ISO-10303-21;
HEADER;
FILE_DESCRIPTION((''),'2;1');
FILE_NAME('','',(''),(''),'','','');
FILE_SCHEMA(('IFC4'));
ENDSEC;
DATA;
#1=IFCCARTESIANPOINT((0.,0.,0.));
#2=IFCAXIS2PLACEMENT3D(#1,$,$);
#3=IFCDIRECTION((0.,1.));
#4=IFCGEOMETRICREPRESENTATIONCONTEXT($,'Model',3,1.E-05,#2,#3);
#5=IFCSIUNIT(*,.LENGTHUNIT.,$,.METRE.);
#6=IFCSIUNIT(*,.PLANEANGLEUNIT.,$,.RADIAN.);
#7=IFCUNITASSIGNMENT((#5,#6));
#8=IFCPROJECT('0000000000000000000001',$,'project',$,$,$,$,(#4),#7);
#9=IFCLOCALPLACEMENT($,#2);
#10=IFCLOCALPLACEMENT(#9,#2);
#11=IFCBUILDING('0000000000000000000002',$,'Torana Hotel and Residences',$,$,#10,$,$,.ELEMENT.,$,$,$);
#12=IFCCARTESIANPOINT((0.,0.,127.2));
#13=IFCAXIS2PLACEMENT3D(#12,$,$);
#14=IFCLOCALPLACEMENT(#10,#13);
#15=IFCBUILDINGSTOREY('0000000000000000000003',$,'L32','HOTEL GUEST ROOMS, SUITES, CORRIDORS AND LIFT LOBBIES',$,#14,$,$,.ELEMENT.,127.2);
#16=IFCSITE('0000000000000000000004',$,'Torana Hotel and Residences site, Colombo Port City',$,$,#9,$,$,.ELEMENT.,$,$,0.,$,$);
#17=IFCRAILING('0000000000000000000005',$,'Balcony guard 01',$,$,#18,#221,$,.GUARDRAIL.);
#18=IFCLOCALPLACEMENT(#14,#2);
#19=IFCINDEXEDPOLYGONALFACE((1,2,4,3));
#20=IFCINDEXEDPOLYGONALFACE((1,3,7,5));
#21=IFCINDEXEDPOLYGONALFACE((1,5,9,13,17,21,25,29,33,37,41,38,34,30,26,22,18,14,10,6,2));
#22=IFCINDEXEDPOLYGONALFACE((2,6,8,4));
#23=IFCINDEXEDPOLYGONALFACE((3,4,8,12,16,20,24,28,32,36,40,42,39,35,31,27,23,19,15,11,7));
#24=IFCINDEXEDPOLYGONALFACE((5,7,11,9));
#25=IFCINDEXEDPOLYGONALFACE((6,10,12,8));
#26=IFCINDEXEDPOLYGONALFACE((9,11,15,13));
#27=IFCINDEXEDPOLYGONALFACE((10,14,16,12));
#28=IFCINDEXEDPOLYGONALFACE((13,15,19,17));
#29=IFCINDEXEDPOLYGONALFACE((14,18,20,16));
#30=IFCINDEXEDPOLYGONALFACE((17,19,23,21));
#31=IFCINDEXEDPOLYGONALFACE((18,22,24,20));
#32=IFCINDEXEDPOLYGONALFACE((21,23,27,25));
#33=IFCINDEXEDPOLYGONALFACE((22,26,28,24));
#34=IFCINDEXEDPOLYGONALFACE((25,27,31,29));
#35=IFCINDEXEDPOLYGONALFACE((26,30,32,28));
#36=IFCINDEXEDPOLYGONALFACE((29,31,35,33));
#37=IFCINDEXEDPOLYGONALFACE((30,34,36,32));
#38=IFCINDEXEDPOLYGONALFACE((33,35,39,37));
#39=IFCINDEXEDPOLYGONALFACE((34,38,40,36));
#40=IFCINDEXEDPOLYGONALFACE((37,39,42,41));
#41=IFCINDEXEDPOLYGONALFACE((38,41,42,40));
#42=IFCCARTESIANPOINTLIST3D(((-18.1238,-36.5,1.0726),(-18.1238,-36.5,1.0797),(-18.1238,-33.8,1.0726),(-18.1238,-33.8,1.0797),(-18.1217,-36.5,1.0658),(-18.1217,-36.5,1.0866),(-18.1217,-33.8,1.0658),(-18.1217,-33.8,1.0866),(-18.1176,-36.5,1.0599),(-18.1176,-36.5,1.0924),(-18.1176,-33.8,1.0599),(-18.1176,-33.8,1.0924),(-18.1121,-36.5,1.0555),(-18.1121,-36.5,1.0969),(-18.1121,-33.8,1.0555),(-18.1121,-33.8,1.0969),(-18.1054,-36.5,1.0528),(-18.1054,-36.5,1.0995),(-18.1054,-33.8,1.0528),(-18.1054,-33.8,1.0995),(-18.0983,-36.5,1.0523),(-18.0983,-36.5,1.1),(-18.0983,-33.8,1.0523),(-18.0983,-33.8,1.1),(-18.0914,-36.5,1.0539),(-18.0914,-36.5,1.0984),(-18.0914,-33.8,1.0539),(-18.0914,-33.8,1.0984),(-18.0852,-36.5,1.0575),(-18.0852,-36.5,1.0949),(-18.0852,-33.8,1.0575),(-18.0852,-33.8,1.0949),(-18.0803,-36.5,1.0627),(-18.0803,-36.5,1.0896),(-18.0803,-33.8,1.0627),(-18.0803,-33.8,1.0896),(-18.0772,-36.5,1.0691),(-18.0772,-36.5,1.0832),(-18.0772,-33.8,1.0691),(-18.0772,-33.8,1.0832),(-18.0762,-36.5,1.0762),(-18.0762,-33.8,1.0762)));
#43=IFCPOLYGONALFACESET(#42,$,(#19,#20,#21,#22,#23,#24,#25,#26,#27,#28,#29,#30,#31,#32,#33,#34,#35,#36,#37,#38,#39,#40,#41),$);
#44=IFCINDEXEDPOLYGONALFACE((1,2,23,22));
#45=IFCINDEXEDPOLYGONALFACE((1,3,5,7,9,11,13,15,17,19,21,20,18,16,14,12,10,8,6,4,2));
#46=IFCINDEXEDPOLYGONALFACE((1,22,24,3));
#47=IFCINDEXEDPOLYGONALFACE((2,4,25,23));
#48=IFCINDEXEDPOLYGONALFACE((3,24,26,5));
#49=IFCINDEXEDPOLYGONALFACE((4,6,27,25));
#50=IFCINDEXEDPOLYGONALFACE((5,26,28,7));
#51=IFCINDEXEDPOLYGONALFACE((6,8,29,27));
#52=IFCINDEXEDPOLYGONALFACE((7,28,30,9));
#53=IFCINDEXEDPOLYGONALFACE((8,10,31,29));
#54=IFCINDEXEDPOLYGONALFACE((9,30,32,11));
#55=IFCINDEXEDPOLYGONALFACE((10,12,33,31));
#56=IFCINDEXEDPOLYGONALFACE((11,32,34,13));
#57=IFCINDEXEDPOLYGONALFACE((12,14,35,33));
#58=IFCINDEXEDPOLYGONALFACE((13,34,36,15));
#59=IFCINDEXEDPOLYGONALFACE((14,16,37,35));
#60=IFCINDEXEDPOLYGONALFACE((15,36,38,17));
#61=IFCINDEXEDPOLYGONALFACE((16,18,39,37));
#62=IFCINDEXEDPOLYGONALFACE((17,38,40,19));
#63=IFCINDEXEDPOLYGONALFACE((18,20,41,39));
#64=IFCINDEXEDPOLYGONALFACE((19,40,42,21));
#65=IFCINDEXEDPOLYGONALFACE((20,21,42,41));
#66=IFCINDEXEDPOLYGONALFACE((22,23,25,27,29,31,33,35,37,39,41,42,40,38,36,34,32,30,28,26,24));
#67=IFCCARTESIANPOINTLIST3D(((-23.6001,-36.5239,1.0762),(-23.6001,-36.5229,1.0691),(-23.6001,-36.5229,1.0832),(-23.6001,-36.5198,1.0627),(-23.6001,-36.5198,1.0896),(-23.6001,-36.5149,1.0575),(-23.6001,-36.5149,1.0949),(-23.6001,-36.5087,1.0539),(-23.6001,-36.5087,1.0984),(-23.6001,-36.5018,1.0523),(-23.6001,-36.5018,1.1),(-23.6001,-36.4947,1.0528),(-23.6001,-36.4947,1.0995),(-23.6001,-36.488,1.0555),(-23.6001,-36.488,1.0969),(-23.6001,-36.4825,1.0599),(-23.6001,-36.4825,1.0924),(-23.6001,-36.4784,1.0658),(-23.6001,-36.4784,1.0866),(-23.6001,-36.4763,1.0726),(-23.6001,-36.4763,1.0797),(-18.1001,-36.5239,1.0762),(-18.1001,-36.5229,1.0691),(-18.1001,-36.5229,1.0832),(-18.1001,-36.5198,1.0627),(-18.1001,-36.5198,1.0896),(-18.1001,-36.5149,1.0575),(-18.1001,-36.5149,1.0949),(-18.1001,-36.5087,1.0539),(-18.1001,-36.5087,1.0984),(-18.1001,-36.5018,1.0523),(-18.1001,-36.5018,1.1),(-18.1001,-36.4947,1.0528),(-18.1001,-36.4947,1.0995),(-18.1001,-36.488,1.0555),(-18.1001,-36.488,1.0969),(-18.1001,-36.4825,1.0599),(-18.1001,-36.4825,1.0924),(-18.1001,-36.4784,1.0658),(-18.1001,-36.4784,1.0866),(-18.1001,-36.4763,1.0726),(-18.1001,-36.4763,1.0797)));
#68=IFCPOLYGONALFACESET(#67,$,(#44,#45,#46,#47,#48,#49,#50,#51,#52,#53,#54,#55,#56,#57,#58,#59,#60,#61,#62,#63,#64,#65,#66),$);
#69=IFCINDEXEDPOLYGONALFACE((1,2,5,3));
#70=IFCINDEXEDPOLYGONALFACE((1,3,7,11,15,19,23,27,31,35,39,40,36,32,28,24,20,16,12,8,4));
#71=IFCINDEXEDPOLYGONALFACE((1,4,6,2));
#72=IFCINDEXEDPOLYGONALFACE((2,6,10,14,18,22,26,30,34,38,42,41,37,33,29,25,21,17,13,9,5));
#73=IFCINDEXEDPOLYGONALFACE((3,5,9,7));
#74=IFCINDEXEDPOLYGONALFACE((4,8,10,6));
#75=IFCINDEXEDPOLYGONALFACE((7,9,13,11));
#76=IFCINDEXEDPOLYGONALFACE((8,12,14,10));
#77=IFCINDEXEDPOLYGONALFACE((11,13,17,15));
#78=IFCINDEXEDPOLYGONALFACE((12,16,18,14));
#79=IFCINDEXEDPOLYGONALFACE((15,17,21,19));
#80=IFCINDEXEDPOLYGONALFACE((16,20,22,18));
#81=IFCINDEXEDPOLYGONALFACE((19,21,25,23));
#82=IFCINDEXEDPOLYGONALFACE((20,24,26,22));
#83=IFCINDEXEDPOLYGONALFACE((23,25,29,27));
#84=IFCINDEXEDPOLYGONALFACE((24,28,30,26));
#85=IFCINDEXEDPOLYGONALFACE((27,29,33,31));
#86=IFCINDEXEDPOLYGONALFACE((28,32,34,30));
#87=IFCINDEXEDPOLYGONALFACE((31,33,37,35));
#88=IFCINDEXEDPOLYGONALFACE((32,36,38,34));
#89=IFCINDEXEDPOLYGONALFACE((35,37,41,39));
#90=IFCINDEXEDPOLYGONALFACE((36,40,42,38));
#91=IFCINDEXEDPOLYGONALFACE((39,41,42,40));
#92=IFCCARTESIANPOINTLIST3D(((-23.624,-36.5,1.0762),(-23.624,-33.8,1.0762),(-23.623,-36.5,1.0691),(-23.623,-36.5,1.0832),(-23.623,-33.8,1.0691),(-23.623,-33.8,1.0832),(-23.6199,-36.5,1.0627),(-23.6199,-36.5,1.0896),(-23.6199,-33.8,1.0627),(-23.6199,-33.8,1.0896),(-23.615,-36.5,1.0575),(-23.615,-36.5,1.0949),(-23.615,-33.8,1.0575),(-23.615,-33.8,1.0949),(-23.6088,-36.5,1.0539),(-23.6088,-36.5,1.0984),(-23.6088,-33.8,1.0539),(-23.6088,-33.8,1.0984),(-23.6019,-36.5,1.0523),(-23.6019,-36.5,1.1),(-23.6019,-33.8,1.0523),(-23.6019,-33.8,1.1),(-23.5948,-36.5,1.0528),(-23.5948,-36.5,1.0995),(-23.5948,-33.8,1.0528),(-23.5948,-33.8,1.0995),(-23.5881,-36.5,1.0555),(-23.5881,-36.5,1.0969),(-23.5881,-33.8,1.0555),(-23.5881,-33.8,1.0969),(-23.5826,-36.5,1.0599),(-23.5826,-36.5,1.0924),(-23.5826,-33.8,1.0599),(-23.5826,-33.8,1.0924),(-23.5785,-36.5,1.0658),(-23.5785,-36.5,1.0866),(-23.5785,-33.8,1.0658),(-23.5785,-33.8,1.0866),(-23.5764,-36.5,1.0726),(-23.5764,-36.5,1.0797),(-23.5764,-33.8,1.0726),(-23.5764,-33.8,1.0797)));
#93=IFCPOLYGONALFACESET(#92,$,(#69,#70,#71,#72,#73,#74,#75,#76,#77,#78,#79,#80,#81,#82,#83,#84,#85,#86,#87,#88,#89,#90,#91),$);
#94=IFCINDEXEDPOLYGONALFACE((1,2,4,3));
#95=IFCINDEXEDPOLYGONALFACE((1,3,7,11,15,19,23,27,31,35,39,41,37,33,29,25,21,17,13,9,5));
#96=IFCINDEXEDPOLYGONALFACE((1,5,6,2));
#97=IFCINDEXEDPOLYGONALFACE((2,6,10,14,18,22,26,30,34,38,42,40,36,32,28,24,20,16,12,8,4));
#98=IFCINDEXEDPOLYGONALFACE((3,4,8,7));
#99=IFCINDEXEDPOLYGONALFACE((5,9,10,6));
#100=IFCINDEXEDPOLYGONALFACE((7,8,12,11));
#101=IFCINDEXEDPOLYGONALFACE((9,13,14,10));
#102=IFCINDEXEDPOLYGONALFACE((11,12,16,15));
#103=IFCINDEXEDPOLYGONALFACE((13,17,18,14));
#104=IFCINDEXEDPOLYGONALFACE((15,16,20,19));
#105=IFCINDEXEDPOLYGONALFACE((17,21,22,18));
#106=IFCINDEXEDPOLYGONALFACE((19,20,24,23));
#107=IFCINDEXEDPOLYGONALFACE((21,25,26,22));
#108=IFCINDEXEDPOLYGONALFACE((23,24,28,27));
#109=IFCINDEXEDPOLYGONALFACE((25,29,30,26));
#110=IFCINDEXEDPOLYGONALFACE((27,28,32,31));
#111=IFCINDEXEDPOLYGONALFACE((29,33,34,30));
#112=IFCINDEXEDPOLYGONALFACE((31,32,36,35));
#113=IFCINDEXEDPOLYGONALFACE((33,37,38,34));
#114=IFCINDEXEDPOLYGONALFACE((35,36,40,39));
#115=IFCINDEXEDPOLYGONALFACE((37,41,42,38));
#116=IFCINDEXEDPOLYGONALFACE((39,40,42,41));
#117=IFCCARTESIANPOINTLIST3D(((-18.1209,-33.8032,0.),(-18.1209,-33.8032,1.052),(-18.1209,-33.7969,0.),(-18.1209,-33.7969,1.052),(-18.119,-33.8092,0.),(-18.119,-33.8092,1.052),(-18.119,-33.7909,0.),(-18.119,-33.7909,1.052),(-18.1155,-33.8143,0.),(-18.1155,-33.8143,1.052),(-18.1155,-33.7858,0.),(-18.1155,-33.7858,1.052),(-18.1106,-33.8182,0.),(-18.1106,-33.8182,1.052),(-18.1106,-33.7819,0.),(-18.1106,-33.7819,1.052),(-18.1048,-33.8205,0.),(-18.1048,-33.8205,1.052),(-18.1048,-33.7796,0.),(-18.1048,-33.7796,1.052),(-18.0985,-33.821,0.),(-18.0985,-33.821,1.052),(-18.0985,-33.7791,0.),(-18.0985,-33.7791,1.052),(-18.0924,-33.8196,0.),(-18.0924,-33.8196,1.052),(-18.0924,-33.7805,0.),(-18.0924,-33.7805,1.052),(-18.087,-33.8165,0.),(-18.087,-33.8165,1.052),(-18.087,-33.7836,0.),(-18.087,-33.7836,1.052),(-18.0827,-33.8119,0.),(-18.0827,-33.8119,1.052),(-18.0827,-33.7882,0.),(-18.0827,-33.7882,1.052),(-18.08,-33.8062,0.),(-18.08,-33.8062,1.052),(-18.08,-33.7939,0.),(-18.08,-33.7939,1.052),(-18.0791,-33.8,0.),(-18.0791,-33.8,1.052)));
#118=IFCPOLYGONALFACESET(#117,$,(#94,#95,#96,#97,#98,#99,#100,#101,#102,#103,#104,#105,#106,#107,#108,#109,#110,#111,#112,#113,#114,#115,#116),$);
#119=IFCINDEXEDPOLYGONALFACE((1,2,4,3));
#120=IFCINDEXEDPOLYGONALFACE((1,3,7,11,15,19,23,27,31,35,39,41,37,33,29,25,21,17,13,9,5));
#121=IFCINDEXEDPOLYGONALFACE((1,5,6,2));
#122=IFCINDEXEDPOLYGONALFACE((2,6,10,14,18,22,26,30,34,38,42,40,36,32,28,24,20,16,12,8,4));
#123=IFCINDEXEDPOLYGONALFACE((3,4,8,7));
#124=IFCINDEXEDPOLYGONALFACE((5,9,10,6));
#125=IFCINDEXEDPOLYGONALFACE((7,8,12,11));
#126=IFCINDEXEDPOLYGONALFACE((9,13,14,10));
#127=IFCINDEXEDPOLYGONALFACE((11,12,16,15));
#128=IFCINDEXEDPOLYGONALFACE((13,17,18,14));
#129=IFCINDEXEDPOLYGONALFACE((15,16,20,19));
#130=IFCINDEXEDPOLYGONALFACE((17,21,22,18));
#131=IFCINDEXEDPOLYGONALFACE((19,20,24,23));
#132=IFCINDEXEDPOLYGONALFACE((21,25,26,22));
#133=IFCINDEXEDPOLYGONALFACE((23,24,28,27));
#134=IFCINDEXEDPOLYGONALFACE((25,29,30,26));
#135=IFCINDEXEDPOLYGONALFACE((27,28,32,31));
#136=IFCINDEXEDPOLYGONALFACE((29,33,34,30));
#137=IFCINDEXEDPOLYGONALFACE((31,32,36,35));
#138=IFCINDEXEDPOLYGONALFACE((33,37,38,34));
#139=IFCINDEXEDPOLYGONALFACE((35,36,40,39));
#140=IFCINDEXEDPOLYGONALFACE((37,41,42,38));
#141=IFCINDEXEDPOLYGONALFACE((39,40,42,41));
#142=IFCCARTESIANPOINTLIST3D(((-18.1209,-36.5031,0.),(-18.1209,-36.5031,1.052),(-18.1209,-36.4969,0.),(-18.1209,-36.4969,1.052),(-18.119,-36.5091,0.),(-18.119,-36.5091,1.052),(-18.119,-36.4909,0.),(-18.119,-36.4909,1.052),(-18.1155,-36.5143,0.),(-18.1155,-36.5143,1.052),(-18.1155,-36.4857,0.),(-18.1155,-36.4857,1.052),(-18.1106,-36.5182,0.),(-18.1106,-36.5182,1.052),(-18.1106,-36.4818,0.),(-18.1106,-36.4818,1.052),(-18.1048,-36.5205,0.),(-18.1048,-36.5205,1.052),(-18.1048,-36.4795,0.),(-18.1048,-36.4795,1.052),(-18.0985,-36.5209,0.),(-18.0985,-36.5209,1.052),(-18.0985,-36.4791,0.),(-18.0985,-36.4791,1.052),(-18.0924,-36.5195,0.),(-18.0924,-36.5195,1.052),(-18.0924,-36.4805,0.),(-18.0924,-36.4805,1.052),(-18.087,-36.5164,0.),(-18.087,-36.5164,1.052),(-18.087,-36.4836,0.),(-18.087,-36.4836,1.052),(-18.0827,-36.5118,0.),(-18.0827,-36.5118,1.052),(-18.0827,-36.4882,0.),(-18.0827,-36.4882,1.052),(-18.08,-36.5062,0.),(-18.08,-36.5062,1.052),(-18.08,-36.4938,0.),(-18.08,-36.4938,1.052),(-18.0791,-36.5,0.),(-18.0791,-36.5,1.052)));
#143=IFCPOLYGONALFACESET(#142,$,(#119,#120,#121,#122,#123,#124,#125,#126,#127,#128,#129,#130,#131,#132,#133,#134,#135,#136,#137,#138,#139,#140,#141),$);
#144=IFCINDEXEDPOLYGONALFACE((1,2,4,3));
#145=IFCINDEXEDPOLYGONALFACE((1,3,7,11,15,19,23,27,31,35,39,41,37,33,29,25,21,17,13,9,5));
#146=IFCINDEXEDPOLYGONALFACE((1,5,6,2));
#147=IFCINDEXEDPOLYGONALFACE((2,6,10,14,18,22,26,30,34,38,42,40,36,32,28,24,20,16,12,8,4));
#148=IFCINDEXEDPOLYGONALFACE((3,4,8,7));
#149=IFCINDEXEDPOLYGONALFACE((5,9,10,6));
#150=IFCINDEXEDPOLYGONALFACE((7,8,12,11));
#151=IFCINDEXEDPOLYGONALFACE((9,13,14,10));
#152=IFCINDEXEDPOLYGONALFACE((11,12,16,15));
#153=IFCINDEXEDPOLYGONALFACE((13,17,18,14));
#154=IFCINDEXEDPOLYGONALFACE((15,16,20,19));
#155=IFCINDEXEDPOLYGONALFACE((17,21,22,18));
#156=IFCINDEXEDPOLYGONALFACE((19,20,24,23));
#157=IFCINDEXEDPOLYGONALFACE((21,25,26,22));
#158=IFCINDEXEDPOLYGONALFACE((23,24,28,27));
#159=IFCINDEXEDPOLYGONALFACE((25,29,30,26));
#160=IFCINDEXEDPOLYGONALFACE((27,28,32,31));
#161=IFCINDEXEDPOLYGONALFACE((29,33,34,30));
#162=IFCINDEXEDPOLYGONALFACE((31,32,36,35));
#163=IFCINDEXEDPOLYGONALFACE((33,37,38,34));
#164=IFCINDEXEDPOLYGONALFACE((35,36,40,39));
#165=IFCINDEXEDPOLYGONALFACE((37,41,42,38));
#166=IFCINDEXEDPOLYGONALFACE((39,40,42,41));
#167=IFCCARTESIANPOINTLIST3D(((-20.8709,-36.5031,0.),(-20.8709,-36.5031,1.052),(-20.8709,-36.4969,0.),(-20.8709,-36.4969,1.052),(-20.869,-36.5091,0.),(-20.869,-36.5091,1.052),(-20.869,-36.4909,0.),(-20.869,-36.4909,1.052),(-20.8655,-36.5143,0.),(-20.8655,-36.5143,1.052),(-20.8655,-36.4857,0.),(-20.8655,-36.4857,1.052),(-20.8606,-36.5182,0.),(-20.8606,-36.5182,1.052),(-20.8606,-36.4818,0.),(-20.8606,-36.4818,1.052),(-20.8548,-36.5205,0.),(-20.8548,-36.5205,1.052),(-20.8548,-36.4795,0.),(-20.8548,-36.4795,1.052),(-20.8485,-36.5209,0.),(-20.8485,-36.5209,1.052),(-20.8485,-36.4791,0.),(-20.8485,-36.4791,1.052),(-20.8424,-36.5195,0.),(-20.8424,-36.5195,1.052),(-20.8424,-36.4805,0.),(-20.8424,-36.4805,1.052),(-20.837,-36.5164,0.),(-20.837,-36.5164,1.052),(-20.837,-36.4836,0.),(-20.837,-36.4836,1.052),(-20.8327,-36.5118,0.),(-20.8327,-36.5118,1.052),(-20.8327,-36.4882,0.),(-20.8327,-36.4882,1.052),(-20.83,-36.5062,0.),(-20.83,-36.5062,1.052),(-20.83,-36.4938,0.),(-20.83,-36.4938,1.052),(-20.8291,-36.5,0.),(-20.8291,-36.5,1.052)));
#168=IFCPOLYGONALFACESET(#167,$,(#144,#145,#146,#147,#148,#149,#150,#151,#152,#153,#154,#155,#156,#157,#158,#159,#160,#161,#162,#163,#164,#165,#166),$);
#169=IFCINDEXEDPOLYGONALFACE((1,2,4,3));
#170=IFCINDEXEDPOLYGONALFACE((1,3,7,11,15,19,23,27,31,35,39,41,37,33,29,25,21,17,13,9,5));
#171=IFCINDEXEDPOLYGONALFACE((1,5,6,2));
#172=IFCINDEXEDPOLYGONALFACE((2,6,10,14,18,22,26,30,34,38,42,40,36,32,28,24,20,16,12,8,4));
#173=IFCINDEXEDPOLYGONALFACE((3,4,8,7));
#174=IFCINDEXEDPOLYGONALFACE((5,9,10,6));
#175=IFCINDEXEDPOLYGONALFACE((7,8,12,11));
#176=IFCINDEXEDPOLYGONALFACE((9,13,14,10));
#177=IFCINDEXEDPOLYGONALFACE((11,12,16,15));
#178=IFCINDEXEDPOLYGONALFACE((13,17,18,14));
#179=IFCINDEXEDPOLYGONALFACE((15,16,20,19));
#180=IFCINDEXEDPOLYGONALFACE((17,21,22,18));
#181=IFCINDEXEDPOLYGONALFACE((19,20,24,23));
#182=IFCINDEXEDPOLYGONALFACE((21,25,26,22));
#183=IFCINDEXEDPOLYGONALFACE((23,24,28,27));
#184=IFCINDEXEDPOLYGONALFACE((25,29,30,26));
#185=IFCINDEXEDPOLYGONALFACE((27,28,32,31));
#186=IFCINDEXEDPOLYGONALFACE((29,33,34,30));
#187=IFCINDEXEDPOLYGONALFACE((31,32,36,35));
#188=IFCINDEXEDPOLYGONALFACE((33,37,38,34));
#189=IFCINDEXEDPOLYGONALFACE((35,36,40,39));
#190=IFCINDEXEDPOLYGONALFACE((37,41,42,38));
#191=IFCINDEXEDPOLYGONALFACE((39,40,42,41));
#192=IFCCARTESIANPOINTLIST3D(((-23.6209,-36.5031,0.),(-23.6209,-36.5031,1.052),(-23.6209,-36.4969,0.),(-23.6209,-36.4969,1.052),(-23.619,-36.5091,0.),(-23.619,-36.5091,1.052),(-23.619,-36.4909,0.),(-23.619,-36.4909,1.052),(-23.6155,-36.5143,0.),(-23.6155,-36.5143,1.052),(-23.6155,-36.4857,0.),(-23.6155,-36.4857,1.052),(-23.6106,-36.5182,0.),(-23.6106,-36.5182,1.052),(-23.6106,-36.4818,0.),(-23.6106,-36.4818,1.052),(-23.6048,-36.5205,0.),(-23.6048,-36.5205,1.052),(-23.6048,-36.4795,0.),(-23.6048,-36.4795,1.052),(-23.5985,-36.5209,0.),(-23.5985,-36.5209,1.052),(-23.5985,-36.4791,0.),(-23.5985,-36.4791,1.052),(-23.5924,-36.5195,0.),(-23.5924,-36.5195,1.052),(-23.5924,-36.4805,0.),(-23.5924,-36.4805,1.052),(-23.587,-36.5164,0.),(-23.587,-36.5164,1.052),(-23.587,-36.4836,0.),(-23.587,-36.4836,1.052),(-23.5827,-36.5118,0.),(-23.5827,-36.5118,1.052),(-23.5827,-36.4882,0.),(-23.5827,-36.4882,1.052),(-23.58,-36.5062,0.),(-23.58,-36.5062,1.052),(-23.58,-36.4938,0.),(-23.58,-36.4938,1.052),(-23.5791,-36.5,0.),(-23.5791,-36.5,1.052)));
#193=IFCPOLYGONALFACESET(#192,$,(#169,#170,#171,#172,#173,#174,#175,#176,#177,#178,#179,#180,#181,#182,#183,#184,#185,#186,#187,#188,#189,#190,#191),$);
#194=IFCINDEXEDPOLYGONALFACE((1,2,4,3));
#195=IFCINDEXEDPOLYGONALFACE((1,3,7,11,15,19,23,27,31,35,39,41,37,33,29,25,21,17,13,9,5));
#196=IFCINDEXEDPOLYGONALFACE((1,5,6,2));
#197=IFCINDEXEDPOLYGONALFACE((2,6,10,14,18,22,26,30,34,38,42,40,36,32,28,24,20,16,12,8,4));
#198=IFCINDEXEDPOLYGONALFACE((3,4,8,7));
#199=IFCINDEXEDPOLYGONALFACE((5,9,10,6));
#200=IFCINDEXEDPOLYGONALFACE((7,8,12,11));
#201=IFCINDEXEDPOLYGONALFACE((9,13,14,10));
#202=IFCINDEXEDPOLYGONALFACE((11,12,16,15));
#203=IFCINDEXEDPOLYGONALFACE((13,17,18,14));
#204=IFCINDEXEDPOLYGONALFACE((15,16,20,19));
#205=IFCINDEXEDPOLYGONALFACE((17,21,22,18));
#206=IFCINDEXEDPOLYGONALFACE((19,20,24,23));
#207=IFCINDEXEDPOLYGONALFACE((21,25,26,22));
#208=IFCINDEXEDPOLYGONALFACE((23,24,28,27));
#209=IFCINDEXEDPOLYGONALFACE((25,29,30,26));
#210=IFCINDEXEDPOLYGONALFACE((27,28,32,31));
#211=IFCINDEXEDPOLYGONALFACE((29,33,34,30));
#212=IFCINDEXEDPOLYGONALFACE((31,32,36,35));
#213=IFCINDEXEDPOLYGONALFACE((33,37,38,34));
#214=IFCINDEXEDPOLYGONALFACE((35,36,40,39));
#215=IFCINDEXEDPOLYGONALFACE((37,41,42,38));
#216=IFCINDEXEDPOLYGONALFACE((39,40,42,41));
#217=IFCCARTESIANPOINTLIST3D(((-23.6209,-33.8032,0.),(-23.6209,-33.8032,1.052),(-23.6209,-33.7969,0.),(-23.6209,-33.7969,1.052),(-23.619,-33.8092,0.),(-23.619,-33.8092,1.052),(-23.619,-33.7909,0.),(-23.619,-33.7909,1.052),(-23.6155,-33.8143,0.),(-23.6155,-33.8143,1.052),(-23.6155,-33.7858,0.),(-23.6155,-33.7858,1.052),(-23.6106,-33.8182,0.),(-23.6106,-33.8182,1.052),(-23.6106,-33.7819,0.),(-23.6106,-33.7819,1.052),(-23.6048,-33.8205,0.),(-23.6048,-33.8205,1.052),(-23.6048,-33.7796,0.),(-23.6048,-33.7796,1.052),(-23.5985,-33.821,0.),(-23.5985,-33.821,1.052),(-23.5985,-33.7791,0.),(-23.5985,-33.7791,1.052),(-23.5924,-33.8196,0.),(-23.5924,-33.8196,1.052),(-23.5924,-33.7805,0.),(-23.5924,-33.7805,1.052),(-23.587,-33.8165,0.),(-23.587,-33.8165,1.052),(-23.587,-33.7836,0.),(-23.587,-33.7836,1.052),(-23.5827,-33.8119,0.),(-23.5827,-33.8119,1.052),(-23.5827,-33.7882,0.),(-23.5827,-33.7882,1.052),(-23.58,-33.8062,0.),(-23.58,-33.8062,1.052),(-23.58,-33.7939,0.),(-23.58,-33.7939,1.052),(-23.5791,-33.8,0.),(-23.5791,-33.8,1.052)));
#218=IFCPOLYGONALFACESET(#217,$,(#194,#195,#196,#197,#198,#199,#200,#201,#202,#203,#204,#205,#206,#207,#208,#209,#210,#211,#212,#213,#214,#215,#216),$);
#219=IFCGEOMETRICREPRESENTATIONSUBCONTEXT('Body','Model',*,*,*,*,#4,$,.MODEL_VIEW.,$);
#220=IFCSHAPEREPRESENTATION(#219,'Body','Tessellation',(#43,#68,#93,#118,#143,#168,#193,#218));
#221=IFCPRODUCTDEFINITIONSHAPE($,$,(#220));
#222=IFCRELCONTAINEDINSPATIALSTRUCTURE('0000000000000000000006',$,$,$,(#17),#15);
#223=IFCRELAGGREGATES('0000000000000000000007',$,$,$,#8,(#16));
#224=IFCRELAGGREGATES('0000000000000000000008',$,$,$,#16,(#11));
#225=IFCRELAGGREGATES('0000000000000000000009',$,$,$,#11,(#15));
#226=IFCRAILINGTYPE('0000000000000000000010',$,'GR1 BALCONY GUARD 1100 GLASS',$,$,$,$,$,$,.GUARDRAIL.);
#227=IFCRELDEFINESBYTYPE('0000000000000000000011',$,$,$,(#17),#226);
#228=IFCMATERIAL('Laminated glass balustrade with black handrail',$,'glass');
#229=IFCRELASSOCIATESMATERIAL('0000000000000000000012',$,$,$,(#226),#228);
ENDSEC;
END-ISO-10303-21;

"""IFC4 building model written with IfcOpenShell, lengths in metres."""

from ifc_helpers import new_model, si_unit, direction, frame, origin, origin_2d, place, context, subcontext, project, spatial, circle, extrude, material, type_object, element, save


model = new_model("IFC4")

# Units and contexts
model_context = context("Model", 3, precision=1e-05, world=origin(), true_north=direction((0.0, 1.0)))
body_context = subcontext(model_context, "Body", "Model", "MODEL_VIEW")
ifc_project = project(units=[si_unit("LENGTHUNIT", "METRE"), si_unit("PLANEANGLEUNIT", "RADIAN")], contexts=[model_context])

# Site, building, storey
site_placement = place(None, origin())
site = spatial("IfcSite", under=ifc_project, at=site_placement, Name="Torana Hotel and Residences site, Colombo Port City", CompositionType="ELEMENT", RefElevation=0.0)
building_placement = place(site_placement, origin())
building = spatial("IfcBuilding", under=site, at=building_placement, Name="Torana Hotel and Residences", CompositionType="ELEMENT")
storey_placement = place(building_placement, frame((0.0, 0.0, 127.2)))
storey = spatial("IfcBuildingStorey", under=building, at=storey_placement, Name="L32", Description="HOTEL GUEST ROOMS, SUITES, CORRIDORS AND LIFT LOBBIES", CompositionType="ELEMENT", Elevation=127.2)

# Railing
ifc_material_1 = material(Name="Laminated glass balustrade with black handrail", Category="glass")
railing_type = type_object("IfcRailingType", Name="GR1 BALCONY GUARD 1100 GLASS", PredefinedType="GUARDRAIL", material=ifc_material_1)
railing_placement = place(storey_placement, frame((-18.1001, -33.8, 0.0)))
element("IfcRailing", 1, at=railing_placement, inside=storey, type_object=railing_type, Name="Balcony guard 01", PredefinedType="GUARDRAIL", context=body_context, shape_type="SweptSolid", body=[
    extrude(circle(Radius=0.0239, at=origin_2d()), frame((0.0, 0.0, 1.0762), z_axis=(0.0, -1.0, 0.0), x_axis=(1.0, 0.0, 0.0)), (0.0, 0.0, 1.0), 2.7),
    extrude(circle(Radius=0.0239, at=origin_2d()), frame((0.0, -2.7, 1.0762), z_axis=(-1.0, 0.0, 0.0), x_axis=(0.0, -1.0, 0.0)), (0.0, 0.0, 1.0), 5.5),
    extrude(circle(Radius=0.0239, at=origin_2d()), frame((-5.5, -2.7, 1.0762), z_axis=(0.0, 1.0, 0.0), x_axis=(-1.0, 0.0, 0.0)), (0.0, 0.0, 1.0), 2.7),
    extrude(circle(Radius=0.021, at=origin_2d()), origin(), (0.0, 0.0, 1.0), 1.052),
    extrude(circle(Radius=0.021, at=origin_2d()), frame((0.0, -2.7, 0.0)), (0.0, 0.0, 1.0), 1.052),
    extrude(circle(Radius=0.021, at=origin_2d()), frame((-2.75, -2.7, 0.0)), (0.0, 0.0, 1.0), 1.052),
    extrude(circle(Radius=0.021, at=origin_2d()), frame((-5.5, -2.7, 0.0)), (0.0, 0.0, 1.0), 1.052),
    extrude(circle(Radius=0.021, at=origin_2d()), frame((-5.5, 0.0, 0.0)), (0.0, 0.0, 1.0), 1.052),
])

save(model, "model.ifc")
